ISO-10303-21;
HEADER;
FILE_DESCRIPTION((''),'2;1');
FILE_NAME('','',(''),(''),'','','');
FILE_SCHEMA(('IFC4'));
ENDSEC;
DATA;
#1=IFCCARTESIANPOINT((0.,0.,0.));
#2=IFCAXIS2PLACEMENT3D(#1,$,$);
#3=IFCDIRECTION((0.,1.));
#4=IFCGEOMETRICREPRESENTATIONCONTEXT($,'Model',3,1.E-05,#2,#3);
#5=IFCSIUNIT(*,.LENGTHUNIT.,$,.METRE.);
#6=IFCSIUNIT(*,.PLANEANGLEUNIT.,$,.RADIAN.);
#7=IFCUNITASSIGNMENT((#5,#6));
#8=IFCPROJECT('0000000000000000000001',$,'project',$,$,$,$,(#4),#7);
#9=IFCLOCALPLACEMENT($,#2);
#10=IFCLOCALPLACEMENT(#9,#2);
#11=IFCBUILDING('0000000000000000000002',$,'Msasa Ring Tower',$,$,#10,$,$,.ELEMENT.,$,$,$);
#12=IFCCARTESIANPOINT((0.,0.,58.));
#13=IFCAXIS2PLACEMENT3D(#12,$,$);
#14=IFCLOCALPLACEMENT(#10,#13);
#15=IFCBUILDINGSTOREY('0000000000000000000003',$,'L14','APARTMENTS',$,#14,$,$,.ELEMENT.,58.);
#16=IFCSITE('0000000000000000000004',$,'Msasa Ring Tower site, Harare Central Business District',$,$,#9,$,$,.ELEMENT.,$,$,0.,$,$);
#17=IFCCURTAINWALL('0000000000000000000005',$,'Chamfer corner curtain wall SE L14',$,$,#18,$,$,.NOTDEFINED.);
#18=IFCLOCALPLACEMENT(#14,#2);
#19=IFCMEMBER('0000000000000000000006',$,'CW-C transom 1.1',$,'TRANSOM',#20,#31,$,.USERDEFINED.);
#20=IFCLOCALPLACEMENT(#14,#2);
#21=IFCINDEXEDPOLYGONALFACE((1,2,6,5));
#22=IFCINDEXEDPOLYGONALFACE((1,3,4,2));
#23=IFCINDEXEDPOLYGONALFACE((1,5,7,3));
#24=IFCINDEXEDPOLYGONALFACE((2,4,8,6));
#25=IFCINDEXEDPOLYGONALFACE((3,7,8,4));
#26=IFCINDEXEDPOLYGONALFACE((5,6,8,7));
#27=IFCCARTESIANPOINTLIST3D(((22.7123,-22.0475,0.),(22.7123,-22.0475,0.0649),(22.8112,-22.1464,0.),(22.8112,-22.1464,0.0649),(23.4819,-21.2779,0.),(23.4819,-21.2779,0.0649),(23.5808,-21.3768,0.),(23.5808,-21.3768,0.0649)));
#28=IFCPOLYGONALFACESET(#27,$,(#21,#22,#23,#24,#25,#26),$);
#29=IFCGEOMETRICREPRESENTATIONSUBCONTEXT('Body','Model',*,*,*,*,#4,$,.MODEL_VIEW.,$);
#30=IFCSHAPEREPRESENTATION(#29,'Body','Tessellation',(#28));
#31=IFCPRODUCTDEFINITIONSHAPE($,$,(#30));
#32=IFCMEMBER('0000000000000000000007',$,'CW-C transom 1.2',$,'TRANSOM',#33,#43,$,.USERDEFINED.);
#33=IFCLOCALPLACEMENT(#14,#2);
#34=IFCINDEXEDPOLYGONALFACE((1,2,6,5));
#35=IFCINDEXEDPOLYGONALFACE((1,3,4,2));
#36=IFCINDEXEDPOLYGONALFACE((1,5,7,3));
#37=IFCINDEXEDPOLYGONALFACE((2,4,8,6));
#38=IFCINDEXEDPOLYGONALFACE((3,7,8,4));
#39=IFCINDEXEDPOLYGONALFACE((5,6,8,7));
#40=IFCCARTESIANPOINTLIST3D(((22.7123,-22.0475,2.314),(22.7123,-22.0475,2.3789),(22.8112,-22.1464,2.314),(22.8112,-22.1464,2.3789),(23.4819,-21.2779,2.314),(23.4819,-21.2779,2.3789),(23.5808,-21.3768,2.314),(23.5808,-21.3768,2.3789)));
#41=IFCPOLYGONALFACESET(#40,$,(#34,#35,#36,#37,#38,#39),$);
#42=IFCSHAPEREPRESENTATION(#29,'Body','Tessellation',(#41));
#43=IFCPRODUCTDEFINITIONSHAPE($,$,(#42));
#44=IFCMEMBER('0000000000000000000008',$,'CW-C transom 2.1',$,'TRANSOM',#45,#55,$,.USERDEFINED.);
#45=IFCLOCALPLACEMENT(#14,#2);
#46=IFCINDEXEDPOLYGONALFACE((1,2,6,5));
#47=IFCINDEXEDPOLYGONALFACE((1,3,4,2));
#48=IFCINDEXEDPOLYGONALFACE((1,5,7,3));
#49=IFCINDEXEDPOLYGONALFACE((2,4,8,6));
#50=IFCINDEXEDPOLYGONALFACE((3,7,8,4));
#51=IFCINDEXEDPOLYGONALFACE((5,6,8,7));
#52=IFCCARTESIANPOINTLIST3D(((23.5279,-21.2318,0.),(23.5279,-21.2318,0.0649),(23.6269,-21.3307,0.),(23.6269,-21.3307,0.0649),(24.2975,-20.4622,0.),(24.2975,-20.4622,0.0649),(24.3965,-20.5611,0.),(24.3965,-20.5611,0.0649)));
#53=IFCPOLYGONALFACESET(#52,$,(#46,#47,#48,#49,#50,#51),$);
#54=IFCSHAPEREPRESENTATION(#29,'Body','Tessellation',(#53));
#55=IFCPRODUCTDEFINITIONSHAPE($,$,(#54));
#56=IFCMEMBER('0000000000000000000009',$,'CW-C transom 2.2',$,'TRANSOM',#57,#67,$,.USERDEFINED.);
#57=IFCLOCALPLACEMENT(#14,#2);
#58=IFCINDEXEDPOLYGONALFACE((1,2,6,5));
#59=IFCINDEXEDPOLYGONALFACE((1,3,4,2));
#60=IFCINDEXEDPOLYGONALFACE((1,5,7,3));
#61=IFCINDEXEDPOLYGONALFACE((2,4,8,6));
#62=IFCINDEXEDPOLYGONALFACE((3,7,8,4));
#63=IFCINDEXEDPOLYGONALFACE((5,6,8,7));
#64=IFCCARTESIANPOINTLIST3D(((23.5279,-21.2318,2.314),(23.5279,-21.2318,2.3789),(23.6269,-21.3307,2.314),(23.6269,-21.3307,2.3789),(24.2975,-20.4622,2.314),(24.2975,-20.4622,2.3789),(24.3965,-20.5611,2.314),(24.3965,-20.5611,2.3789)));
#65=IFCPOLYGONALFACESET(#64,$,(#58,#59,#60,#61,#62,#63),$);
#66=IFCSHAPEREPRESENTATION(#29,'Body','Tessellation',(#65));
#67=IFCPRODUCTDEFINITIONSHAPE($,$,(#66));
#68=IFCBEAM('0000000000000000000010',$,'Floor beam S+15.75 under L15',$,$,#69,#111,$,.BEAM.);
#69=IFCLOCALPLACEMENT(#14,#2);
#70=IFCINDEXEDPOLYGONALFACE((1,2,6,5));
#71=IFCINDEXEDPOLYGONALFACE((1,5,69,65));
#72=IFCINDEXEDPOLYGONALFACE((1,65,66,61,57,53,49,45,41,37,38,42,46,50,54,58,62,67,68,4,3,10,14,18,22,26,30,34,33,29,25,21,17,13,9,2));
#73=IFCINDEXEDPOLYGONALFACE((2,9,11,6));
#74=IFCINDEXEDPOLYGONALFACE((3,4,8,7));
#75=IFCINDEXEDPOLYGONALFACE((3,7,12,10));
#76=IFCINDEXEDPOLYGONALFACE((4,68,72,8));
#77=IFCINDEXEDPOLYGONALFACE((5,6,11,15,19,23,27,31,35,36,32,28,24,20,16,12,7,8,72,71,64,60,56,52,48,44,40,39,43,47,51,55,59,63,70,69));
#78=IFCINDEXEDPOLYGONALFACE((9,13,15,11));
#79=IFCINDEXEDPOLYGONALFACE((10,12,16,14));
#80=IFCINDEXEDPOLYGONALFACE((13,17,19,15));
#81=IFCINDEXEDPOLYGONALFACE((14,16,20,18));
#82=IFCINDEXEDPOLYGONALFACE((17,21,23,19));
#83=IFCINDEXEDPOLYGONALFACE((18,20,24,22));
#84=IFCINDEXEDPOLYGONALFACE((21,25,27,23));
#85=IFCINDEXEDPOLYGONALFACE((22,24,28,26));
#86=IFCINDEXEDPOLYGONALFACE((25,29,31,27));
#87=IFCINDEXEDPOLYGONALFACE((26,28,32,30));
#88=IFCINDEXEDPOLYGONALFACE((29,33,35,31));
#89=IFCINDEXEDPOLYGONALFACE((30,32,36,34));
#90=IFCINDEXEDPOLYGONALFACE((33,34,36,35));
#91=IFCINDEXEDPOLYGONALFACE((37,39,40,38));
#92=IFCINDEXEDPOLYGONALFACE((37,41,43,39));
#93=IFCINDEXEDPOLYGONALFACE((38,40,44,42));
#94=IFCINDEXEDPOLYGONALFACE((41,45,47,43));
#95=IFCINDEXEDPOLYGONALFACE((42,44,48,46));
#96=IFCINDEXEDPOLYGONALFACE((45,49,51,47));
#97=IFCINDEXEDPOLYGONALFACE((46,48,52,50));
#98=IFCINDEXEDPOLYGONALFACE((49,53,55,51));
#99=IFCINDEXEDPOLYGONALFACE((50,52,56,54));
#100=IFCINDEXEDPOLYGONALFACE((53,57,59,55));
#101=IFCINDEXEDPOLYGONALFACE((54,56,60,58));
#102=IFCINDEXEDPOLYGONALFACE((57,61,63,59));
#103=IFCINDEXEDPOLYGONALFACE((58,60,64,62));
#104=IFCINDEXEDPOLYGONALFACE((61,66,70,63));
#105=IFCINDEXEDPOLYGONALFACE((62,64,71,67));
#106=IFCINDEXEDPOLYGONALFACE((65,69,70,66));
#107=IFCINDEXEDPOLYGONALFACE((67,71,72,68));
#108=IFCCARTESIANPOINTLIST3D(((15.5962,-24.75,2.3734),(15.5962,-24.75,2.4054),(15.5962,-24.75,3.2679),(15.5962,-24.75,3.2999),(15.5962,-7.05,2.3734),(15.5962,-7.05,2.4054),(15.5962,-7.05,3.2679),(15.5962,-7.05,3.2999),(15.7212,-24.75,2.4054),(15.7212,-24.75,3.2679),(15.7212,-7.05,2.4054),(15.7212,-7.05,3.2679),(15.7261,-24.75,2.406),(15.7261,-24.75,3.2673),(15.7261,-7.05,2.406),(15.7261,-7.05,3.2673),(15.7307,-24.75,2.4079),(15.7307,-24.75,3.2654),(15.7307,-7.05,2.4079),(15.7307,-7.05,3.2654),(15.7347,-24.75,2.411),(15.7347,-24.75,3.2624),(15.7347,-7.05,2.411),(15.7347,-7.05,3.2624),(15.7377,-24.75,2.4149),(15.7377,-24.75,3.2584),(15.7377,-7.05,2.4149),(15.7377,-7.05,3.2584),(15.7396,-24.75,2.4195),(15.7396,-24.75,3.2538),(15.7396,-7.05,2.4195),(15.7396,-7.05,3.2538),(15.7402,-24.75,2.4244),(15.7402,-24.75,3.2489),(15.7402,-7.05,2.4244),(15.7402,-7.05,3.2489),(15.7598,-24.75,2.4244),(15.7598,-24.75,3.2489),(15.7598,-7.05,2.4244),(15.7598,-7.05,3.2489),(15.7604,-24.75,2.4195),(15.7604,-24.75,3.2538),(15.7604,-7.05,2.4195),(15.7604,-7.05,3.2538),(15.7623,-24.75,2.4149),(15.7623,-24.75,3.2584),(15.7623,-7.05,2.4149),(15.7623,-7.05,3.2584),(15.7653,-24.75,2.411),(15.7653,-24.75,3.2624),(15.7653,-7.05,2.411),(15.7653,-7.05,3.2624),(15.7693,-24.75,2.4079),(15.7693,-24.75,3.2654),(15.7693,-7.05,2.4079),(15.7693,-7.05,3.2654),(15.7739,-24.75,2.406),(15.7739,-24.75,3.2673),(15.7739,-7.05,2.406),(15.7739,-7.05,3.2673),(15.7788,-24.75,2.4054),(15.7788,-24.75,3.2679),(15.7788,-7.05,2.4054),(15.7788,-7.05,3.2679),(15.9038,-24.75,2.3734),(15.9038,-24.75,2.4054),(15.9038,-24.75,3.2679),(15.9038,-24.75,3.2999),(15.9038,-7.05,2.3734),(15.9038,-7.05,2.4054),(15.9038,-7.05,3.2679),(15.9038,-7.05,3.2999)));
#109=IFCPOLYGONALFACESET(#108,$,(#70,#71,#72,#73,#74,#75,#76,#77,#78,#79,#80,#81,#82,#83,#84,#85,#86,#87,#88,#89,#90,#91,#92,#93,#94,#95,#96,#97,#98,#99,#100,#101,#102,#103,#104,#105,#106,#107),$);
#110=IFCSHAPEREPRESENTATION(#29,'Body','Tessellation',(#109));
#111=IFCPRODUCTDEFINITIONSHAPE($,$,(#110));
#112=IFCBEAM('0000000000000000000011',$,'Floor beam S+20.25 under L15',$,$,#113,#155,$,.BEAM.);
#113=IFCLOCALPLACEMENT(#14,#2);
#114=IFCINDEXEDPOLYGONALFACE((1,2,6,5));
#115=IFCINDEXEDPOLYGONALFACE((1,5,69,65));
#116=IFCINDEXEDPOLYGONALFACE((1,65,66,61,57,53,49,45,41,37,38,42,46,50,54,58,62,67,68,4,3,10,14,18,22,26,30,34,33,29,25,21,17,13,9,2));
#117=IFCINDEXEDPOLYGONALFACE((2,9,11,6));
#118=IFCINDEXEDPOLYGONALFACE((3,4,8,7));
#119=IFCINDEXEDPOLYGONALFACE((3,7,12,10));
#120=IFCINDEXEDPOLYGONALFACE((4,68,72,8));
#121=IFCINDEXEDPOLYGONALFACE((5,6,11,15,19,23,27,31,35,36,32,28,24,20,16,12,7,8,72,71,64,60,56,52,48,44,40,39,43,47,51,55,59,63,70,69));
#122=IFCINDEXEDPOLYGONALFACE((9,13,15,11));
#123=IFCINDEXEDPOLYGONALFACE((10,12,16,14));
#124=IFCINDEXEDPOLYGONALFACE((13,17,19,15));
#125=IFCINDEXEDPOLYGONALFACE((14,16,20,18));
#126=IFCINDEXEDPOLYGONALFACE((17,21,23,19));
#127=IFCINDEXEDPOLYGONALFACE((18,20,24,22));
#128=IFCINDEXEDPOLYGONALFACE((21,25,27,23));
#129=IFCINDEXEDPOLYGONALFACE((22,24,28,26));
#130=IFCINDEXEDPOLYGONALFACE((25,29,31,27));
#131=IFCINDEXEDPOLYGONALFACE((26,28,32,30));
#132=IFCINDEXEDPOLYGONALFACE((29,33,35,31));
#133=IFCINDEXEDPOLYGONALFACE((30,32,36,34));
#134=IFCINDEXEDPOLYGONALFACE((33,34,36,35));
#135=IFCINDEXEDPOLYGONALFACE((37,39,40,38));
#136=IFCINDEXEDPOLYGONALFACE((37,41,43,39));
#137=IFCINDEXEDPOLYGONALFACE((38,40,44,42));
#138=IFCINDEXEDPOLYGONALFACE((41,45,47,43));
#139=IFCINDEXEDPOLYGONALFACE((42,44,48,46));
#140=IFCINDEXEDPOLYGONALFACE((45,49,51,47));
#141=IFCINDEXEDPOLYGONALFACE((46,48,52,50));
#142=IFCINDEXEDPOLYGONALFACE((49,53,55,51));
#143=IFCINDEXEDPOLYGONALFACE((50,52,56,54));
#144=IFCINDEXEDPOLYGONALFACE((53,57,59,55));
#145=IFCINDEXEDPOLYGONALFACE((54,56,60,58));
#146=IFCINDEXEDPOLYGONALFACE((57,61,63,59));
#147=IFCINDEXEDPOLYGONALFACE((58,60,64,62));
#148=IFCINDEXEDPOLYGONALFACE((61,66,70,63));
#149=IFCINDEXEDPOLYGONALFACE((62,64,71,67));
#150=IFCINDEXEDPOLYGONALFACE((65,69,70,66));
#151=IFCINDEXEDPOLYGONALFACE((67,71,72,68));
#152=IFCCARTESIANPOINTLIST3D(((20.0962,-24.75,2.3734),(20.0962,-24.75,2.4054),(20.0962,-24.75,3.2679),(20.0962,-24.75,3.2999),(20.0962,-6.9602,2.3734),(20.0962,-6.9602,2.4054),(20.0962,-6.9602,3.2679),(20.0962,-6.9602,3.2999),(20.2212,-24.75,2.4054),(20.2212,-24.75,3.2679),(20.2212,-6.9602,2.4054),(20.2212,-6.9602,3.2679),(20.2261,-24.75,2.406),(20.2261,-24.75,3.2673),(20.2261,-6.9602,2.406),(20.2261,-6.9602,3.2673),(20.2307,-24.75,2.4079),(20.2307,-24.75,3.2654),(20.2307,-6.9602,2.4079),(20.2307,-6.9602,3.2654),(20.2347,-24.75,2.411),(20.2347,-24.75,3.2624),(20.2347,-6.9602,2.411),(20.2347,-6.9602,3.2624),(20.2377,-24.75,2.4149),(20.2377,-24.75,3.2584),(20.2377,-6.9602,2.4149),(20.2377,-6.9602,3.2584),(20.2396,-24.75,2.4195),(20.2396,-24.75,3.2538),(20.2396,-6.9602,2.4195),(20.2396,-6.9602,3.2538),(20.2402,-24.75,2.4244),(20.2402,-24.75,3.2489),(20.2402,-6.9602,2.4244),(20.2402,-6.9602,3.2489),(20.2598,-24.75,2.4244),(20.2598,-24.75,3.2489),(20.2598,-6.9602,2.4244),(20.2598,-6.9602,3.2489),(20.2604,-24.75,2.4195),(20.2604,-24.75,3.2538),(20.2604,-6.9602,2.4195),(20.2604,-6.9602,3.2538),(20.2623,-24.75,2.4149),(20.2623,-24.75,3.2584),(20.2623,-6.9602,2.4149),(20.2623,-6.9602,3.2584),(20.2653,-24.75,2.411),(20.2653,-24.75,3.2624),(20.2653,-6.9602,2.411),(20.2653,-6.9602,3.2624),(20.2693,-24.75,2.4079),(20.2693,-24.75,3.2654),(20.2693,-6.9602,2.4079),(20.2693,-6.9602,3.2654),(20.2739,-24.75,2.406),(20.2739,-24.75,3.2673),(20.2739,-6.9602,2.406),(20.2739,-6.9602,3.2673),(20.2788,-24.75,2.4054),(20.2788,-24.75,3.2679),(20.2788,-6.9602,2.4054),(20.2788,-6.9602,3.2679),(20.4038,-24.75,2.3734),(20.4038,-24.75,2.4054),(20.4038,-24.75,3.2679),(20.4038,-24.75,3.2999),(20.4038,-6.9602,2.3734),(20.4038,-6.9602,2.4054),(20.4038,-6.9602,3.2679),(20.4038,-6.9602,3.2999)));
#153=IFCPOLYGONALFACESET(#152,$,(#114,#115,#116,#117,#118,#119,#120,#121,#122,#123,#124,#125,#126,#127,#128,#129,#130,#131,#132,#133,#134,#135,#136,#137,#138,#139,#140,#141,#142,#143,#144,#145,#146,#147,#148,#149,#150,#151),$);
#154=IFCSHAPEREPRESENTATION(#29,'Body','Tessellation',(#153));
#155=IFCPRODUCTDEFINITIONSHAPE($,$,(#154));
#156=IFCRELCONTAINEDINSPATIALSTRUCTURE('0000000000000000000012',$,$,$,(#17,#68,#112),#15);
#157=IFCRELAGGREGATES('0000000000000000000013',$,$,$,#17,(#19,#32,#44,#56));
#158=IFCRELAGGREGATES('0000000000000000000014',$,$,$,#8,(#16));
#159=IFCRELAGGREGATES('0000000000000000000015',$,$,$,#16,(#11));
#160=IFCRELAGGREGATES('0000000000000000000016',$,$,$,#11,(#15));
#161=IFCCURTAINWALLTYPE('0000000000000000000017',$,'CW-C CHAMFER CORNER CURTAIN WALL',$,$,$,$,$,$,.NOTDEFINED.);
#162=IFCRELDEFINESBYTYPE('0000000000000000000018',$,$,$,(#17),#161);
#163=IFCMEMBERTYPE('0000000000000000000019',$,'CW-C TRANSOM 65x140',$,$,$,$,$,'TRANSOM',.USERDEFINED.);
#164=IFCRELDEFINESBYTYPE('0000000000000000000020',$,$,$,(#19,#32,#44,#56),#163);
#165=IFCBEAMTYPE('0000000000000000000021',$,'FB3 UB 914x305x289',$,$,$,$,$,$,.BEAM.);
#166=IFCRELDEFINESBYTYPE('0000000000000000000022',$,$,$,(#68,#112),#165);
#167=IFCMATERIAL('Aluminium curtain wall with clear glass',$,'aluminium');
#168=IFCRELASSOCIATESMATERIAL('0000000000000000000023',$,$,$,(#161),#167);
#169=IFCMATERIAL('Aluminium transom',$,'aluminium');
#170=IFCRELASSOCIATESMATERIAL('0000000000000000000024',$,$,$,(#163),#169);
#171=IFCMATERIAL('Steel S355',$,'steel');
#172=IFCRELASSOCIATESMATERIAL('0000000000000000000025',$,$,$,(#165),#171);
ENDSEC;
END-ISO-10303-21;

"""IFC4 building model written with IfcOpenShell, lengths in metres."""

from ifc_helpers import new_model, si_unit, direction, frame, origin, origin_2d, place, context, subcontext, project, spatial, rectangle, i_section, extrude, material, material_profile, profile_set, type_object, element, aggregate, save


model = new_model("IFC4")

# Units and contexts
model_context = context("Model", 3, precision=1e-05, world=origin(), true_north=direction((0.0, 1.0)))
body_context = subcontext(model_context, "Body", "Model", "MODEL_VIEW")
ifc_project = project(units=[si_unit("LENGTHUNIT", "METRE"), si_unit("PLANEANGLEUNIT", "RADIAN")], contexts=[model_context])

# Site, building, storey
site_placement = place(None, origin())
site = spatial("IfcSite", under=ifc_project, at=site_placement, Name="Msasa Ring Tower site, Harare Central Business District", CompositionType="ELEMENT", RefElevation=0.0)
building_placement = place(site_placement, origin())
building = spatial("IfcBuilding", under=site, at=building_placement, Name="Msasa Ring Tower", CompositionType="ELEMENT")
storey_placement = place(building_placement, frame((0.0, 0.0, 58.0)))
storey = spatial("IfcBuildingStorey", under=building, at=storey_placement, Name="L14", Description="APARTMENTS", CompositionType="ELEMENT", Elevation=58.0)

# Curtain wall
ifc_material_1 = material(Name="Aluminium curtain wall with clear glass", Category="aluminium")
curtain_wall_type = type_object("IfcCurtainWallType", Name="CW-C CHAMFER CORNER CURTAIN WALL", PredefinedType="NOTDEFINED", material=ifc_material_1)
curtain_wall_1_placement = place(storey_placement, origin())
curtain_wall_1 = element("IfcCurtainWall", 1, at=curtain_wall_1_placement, inside=storey, type_object=curtain_wall_type, Name="Chamfer corner curtain wall SE L14", PredefinedType="NOTDEFINED")

# Members
ifc_material_2 = material(Name="Aluminium transom", Category="aluminium")
ifc_material_profile_1 = material_profile(ifc_material_2, rectangle(XDim=0.1399, YDim=0.0649, at=origin_2d()), Name="AL 65x140")
ifc_profile_set_1 = profile_set([ifc_material_profile_1], Name="Aluminium transom")
member_type_1 = type_object("IfcMemberType", Name="CW-C TRANSOM 65x140", ElementType="TRANSOM", PredefinedType="USERDEFINED", material=ifc_profile_set_1)
member_1_placement = place(storey_placement, frame((22.7617, -22.0969, 0.0325), z_axis=(0.707107, 0.707107, 0.0), x_axis=(-0.707107, 0.707107, 0.0)))
member_1 = element("IfcMember", 2, at=member_1_placement, type_object=member_type_1, Name="CW-C transom 1.1", ObjectType="TRANSOM", PredefinedType="USERDEFINED", context=body_context, shape_type="SweptSolid", body=[
    extrude(rectangle(XDim=0.1399, YDim=0.0649, at=origin_2d()), origin(), (0.0, 0.0, 1.0), 1.0884),
])
member_2_placement = place(storey_placement, frame((22.7617, -22.0969, 2.3464), z_axis=(0.707107, 0.707107, 0.0), x_axis=(-0.707107, 0.707107, 0.0)))
member_2 = element("IfcMember", 3, at=member_2_placement, type_object=member_type_1, Name="CW-C transom 1.2", ObjectType="TRANSOM", PredefinedType="USERDEFINED", context=body_context, shape_type="SweptSolid", body=[
    extrude(rectangle(XDim=0.1399, YDim=0.0649, at=origin_2d()), origin(), (0.0, 0.0, 1.0), 1.0884),
])
member_3_placement = place(storey_placement, frame((23.5774, -21.2812, 0.0325), z_axis=(0.707107, 0.707107, 0.0), x_axis=(-0.707107, 0.707107, 0.0)))
member_3 = element("IfcMember", 4, at=member_3_placement, type_object=member_type_1, Name="CW-C transom 2.1", ObjectType="TRANSOM", PredefinedType="USERDEFINED", context=body_context, shape_type="SweptSolid", body=[
    extrude(rectangle(XDim=0.1399, YDim=0.0649, at=origin_2d()), origin(), (0.0, 0.0, 1.0), 1.0884),
])
member_4_placement = place(storey_placement, frame((23.5774, -21.2812, 2.3464), z_axis=(0.707107, 0.707107, 0.0), x_axis=(-0.707107, 0.707107, 0.0)))
member_4 = element("IfcMember", 5, at=member_4_placement, type_object=member_type_1, Name="CW-C transom 2.2", ObjectType="TRANSOM", PredefinedType="USERDEFINED", context=body_context, shape_type="SweptSolid", body=[
    extrude(rectangle(XDim=0.1399, YDim=0.0649, at=origin_2d()), origin(), (0.0, 0.0, 1.0), 1.0884),
])

# Beams
ifc_material_3 = material(Name="Steel S355", Category="steel")
ifc_material_profile_2 = material_profile(ifc_material_3, i_section(OverallWidth=0.3076, OverallDepth=0.9265, WebThickness=0.0195, FlangeThickness=0.032, FilletRadius=0.019, at=origin_2d()), Name="UB 914x305x289")
ifc_profile_set_2 = profile_set([ifc_material_profile_2], Name="Steel S355")
beam_type_1 = type_object("IfcBeamType", Name="FB3 UB 914x305x289", PredefinedType="BEAM", material=ifc_profile_set_2)
beam_1_placement = place(storey_placement, frame((15.75, -24.75, 2.8367), z_axis=(0.0, 1.0, 0.0), x_axis=(-1.0, 0.0, 0.0)))
element("IfcBeam", 6, at=beam_1_placement, inside=storey, type_object=beam_type_1, Name="Floor beam S+15.75 under L15", PredefinedType="BEAM", context=body_context, shape_type="SweptSolid", body=[
    extrude(i_section(OverallWidth=0.3076, OverallDepth=0.9265, WebThickness=0.0195, FlangeThickness=0.032, FilletRadius=0.019, at=origin_2d()), origin(), (0.0, 0.0, 1.0), 17.7),
])
beam_2_placement = place(storey_placement, frame((20.25, -24.75, 2.8367), z_axis=(0.0, 1.0, 0.0), x_axis=(-1.0, 0.0, 0.0)))
element("IfcBeam", 7, at=beam_2_placement, inside=storey, type_object=beam_type_1, Name="Floor beam S+20.25 under L15", PredefinedType="BEAM", context=body_context, shape_type="SweptSolid", body=[
    extrude(i_section(OverallWidth=0.3076, OverallDepth=0.9265, WebThickness=0.0195, FlangeThickness=0.032, FilletRadius=0.019, at=origin_2d()), origin(), (0.0, 0.0, 1.0), 17.7898),
])

aggregate(curtain_wall_1, [member_1, member_2, member_3, member_4])

save(model, "model.ifc")
